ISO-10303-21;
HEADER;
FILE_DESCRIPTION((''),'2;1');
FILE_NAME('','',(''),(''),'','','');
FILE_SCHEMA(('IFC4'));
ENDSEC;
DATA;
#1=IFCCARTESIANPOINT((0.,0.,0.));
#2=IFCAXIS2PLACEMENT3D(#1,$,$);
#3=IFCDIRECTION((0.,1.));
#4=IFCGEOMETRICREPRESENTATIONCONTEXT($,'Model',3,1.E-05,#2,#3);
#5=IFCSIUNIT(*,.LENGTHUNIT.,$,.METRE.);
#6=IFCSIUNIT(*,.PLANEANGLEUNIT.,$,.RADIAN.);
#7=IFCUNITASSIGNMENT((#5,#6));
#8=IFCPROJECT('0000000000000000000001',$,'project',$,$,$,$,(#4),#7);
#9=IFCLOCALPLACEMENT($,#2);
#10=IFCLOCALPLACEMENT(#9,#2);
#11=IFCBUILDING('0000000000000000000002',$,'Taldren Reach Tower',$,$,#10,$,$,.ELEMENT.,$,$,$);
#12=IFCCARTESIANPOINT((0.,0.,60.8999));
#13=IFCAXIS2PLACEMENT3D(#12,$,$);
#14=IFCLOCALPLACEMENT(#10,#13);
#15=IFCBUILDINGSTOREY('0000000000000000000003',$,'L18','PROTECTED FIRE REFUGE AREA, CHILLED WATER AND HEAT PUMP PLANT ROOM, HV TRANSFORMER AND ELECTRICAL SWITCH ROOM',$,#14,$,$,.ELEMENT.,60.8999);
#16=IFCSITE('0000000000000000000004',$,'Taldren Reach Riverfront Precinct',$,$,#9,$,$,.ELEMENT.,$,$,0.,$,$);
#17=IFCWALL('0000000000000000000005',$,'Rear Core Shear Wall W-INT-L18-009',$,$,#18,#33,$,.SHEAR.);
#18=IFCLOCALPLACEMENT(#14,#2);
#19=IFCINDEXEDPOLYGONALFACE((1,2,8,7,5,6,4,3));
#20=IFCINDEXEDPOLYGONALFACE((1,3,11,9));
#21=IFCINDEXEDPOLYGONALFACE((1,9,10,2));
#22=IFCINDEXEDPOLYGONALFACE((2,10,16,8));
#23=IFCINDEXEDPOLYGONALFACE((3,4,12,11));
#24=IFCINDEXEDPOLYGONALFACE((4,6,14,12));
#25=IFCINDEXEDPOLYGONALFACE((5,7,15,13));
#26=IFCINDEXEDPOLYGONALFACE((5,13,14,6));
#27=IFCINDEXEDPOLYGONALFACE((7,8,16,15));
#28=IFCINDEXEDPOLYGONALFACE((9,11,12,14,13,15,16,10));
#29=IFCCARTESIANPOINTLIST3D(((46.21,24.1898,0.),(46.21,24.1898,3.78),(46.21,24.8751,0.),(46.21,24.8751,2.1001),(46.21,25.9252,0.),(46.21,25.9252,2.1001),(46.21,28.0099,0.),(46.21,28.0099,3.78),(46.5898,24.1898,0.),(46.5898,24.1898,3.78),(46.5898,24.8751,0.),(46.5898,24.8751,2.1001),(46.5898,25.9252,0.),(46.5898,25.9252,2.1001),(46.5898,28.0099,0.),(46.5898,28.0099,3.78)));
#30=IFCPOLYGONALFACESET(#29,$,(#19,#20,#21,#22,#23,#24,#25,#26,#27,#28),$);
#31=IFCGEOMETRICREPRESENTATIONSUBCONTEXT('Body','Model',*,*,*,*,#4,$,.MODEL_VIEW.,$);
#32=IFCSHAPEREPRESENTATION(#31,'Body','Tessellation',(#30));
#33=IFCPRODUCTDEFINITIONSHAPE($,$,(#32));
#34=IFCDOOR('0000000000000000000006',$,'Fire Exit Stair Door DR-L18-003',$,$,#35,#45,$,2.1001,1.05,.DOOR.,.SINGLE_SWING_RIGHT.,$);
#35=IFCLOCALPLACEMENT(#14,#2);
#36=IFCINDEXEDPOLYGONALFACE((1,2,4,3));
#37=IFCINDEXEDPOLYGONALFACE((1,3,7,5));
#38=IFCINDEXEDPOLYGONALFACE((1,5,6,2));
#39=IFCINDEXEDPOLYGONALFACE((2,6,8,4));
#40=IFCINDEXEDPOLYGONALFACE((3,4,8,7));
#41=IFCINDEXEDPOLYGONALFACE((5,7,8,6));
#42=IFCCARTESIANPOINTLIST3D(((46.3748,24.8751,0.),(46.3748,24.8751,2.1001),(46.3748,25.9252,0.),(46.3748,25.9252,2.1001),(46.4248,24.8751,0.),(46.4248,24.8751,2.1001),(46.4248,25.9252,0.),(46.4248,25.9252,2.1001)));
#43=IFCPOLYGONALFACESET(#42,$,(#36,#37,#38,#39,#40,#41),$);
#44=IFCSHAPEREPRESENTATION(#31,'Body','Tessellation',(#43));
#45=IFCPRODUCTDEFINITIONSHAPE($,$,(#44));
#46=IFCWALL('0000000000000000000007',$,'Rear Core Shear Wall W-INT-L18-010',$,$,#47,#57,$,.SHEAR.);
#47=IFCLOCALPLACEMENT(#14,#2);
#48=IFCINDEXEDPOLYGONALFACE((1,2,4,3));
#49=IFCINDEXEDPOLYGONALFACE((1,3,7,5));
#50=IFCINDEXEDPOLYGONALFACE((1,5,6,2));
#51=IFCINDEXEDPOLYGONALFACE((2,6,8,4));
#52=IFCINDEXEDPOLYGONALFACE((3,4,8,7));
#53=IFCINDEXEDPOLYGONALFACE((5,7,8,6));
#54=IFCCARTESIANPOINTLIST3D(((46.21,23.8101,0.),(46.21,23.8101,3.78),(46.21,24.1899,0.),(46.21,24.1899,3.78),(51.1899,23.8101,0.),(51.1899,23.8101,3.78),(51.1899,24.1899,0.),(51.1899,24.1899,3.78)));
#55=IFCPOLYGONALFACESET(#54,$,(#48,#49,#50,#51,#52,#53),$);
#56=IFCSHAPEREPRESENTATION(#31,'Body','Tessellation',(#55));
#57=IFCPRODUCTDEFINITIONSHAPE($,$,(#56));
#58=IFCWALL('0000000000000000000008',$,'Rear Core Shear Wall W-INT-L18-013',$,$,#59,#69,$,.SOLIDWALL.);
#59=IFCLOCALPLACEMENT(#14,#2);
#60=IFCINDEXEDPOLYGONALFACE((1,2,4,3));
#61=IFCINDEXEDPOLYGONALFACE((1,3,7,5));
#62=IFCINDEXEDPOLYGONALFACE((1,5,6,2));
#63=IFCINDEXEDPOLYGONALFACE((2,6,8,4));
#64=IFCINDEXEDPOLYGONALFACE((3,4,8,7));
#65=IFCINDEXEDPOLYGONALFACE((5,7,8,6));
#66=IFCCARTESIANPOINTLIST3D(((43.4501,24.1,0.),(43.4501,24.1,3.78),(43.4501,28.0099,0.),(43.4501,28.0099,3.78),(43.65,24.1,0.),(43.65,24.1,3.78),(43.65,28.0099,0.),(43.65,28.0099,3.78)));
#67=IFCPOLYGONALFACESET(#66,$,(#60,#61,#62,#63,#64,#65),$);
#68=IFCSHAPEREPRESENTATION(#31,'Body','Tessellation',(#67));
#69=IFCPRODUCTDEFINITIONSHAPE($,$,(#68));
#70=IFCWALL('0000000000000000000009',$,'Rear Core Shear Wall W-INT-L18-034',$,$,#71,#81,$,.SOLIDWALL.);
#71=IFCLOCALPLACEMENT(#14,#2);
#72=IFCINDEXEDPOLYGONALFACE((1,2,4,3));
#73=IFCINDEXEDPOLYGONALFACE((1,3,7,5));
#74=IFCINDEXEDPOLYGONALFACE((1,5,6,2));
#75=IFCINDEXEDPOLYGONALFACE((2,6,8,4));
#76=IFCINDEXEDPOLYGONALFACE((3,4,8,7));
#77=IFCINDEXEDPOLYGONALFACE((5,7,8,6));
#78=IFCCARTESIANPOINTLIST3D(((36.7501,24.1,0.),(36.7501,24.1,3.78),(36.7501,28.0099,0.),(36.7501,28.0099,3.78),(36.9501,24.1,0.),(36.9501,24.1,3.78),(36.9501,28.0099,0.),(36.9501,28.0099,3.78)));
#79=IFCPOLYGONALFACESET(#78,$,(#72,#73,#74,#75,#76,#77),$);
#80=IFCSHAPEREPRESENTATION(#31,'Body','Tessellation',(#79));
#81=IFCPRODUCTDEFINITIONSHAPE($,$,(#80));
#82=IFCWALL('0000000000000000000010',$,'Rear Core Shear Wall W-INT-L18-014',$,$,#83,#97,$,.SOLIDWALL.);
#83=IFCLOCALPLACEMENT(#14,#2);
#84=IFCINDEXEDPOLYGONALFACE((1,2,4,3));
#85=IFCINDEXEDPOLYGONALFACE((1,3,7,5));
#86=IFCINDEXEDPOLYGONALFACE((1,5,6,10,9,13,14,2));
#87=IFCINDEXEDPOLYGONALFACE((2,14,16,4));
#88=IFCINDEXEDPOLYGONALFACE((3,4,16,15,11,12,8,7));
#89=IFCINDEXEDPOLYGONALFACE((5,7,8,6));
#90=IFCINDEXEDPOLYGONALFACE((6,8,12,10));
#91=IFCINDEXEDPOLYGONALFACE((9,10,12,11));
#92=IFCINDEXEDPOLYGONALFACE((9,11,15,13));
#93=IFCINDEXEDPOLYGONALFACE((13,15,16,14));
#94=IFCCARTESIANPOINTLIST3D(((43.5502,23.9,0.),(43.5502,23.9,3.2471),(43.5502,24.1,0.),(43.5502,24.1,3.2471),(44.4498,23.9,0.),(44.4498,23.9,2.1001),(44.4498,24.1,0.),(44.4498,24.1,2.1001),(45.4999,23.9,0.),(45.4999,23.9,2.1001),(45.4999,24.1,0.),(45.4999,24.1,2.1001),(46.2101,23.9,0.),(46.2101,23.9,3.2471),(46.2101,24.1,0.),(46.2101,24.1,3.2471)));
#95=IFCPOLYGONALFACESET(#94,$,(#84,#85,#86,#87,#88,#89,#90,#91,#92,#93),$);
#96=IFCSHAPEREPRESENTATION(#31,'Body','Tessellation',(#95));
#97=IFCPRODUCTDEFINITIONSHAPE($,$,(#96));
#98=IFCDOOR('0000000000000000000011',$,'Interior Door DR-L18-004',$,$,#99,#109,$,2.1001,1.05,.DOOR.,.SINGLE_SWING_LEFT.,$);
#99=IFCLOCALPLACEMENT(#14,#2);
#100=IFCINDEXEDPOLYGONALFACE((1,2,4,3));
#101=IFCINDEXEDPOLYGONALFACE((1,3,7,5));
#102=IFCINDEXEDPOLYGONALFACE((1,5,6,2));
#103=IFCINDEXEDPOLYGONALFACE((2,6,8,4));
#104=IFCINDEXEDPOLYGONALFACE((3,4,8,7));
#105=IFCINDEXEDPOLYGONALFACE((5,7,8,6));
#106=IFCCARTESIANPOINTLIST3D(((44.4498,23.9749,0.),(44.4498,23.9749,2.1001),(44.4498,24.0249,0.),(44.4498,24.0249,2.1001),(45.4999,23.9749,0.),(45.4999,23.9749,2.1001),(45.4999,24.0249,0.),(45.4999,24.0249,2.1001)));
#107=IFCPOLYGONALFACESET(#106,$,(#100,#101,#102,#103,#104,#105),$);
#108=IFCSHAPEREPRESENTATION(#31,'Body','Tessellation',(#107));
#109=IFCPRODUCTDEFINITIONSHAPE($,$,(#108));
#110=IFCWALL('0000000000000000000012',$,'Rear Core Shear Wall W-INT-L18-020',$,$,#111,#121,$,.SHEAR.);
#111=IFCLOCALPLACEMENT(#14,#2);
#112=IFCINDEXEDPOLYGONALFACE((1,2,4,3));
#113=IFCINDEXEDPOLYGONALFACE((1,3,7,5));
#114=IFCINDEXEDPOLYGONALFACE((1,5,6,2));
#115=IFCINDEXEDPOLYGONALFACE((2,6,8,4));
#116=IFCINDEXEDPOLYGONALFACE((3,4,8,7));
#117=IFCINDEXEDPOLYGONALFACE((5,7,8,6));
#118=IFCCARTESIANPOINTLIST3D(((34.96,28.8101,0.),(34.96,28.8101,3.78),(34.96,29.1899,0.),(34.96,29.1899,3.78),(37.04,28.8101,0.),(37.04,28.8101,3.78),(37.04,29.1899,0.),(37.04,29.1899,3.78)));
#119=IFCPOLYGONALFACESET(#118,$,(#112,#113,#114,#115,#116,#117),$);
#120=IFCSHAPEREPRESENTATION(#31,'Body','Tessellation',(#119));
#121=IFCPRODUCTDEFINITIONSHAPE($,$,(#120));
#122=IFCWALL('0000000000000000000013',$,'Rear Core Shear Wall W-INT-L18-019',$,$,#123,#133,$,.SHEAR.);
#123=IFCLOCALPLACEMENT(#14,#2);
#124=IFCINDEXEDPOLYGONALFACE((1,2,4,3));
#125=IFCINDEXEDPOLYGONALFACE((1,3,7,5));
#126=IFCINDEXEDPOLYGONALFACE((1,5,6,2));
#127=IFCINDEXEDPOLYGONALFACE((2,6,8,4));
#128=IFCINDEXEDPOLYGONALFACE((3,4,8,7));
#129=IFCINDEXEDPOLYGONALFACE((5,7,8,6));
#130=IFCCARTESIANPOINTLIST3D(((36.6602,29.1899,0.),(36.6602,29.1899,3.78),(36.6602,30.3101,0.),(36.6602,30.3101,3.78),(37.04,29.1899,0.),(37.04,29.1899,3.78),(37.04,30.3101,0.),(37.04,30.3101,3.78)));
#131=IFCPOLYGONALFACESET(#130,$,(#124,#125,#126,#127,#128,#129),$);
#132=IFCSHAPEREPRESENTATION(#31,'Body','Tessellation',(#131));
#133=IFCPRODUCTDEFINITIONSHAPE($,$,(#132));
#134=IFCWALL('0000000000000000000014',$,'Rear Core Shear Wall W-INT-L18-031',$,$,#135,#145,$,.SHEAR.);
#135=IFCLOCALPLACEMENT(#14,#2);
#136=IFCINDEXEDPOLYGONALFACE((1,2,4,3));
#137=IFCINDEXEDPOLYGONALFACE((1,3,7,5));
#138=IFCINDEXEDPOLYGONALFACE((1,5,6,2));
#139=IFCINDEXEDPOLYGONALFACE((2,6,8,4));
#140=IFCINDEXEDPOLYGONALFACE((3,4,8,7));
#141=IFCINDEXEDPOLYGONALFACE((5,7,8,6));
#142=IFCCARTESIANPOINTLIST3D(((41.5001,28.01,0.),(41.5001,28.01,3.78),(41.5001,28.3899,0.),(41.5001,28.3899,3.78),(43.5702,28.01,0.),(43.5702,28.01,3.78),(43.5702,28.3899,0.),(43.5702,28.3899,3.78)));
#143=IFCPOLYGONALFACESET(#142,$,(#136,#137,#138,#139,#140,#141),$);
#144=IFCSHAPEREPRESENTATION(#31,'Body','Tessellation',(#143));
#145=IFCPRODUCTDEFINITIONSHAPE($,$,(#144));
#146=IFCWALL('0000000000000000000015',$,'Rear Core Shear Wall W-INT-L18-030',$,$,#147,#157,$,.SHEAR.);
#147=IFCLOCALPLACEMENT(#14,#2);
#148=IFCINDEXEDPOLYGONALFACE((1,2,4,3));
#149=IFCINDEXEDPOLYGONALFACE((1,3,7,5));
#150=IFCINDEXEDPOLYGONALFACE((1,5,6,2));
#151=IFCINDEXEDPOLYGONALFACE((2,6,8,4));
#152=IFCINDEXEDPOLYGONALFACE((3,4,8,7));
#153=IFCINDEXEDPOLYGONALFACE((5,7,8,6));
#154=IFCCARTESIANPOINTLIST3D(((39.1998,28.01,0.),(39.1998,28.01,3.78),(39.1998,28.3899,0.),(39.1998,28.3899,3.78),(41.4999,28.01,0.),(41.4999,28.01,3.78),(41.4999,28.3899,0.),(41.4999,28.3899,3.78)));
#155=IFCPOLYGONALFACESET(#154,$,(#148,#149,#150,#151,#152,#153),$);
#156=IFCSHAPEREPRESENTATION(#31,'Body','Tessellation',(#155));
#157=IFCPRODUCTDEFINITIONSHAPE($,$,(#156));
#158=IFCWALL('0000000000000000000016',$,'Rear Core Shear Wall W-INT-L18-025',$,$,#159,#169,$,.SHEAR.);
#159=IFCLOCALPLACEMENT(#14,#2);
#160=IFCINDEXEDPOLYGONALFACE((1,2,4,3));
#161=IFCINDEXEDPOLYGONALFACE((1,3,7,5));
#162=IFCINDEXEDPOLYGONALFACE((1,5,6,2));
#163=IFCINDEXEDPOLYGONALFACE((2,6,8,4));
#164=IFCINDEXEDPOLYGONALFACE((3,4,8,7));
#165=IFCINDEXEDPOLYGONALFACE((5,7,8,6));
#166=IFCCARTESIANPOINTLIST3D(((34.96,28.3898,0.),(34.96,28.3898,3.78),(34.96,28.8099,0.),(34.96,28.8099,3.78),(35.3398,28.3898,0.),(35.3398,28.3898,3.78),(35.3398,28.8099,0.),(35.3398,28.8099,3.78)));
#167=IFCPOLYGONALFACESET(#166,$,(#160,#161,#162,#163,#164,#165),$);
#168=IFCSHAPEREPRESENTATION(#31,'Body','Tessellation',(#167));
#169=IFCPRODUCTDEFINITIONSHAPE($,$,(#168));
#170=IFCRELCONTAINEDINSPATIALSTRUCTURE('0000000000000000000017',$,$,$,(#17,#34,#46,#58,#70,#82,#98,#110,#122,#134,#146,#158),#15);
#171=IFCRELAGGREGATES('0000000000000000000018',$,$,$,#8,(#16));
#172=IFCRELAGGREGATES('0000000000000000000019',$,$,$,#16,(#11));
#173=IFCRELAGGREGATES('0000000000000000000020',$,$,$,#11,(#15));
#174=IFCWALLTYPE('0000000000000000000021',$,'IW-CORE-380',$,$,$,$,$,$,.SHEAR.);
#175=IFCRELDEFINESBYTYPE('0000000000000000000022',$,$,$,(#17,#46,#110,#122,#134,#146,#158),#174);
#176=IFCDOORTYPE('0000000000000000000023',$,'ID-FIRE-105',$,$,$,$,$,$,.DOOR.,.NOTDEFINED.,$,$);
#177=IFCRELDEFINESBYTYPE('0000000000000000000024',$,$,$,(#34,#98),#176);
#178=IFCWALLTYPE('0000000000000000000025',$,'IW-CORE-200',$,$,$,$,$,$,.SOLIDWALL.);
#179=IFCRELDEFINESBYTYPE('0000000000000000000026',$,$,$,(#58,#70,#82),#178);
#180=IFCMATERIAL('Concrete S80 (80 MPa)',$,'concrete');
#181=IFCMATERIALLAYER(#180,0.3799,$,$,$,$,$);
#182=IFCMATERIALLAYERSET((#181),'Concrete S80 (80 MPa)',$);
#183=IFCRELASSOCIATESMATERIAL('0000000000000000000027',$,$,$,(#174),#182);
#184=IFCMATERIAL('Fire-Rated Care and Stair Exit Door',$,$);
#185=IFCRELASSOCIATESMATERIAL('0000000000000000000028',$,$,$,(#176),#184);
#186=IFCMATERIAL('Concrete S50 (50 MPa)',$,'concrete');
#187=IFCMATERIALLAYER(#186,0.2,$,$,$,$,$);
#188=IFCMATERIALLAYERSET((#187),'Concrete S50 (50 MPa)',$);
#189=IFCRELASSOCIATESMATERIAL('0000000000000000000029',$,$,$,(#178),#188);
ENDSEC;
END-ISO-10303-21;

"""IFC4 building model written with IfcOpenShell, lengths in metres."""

from ifc_helpers import new_model, si_unit, direction, frame, frame_2d, origin, place, context, subcontext, project, spatial, rectangle, extrude, source, transform, mapped, material, layer, layer_set, type_object, element, fill, save


model = new_model("IFC4")

# Units and contexts
model_context = context("Model", 3, precision=1e-05, world=origin(), true_north=direction((0.0, 1.0)))
body_context = subcontext(model_context, "Body", "Model", "MODEL_VIEW")
ifc_project = project(units=[si_unit("LENGTHUNIT", "METRE"), si_unit("PLANEANGLEUNIT", "RADIAN")], contexts=[model_context])

# Site, building, storey
site_placement = place(None, origin())
site = spatial("IfcSite", under=ifc_project, at=site_placement, Name="Taldren Reach Riverfront Precinct", CompositionType="ELEMENT", RefElevation=0.0)
building_placement = place(site_placement, origin())
building = spatial("IfcBuilding", under=site, at=building_placement, Name="Taldren Reach Tower", CompositionType="ELEMENT")
storey_placement = place(building_placement, frame((0.0, 0.0, 60.8999)))
storey = spatial("IfcBuildingStorey", under=building, at=storey_placement, Name="L18", Description="PROTECTED FIRE REFUGE AREA, CHILLED WATER AND HEAT PUMP PLANT ROOM, HV TRANSFORMER AND ELECTRICAL SWITCH ROOM", CompositionType="ELEMENT", Elevation=60.8999)

# Shared definitions
ifc_material_1 = material(Name="Concrete S80 (80 MPa)", Category="concrete")
ifc_layer_1 = layer(ifc_material_1, 0.3799)
ifc_layer_set_1 = layer_set([ifc_layer_1], Name="Concrete S80 (80 MPa)")
wall_type_1 = type_object("IfcWallType", Name="IW-CORE-380", PredefinedType="SHEAR", material=ifc_layer_set_1)

# Wall, opening, door
shared_shape_1 = source(origin(), body_context, "Body", "SweptSolid", [
    extrude(rectangle(XDim=3.8201, YDim=0.3799, at=frame_2d((1.9102, 0.0))), origin(), (0.0, 0.0, 1.0), 3.78),
])
wall_1_placement = place(storey_placement, frame((46.3999, 28.01, 0.0), z_axis=(0.0, 0.0, 1.0), x_axis=(0.0, -1.0, 0.0)))
wall_1 = element("IfcWall", 1, at=wall_1_placement, inside=storey, type_object=wall_type_1, Name="Rear Core Shear Wall W-INT-L18-009", PredefinedType="SHEAR", context=body_context, shape_type="MappedRepresentation", body=[
    mapped(shared_shape_1, transform((0.0, 0.0, 0.0), scale=1.0)),
])
shared_shape_2 = source(origin(), body_context, "Body", "SweptSolid", [
    extrude(rectangle(XDim=1.05, YDim=2.1001, at=frame_2d((0.5249, 1.05))), frame((0.0, 0.2, 0.0), z_axis=(0.0, -1.0, 0.0), x_axis=(1.0, 0.0, 0.0)), (0.0, 0.0, 1.0), 0.3999),
])
opening_1_placement = place(wall_1_placement, frame((2.085, 0.0, 0.0)))
opening_1 = element("IfcOpeningElement", 2, at=opening_1_placement, cuts=wall_1, PredefinedType="OPENING", context=body_context, shape_type="MappedRepresentation", body=[
    mapped(shared_shape_2, transform((0.0, 0.0, 0.0), scale=1.0)),
])
ifc_material_2 = material(Name="Fire-Rated Care and Stair Exit Door")
door_type_1 = type_object("IfcDoorType", Name="ID-FIRE-105", OperationType="NOTDEFINED", PredefinedType="DOOR", material=ifc_material_2)
shared_shape_3 = source(origin(), body_context, "Body", "SweptSolid", [
    extrude(rectangle(XDim=1.05, YDim=2.1001, at=frame_2d((0.5249, 1.05))), frame((0.0, 0.0249, 0.0), z_axis=(0.0, -1.0, 0.0), x_axis=(1.0, 0.0, 0.0)), (0.0, 0.0, 1.0), 0.05),
])
door_1_placement = place(opening_1_placement, origin())
door_1 = element("IfcDoor", 3, at=door_1_placement, inside=storey, type_object=door_type_1, Name="Fire Exit Stair Door DR-L18-003", OperationType="SINGLE_SWING_RIGHT", OverallHeight=2.1001, OverallWidth=1.05, PredefinedType="DOOR", context=body_context, shape_type="MappedRepresentation", body=[
    mapped(shared_shape_3, transform((0.0, 0.0, 0.0), scale=1.0)),
])
fill(opening_1, door_1)

# Wall
shared_shape_4 = source(origin(), body_context, "Body", "SweptSolid", [
    extrude(rectangle(XDim=4.98, YDim=0.3799, at=frame_2d((2.49, 0.0))), origin(), (0.0, 0.0, 1.0), 3.78),
])
wall_2_placement = place(storey_placement, frame((46.21, 24.0, 0.0), z_axis=(0.0, 0.0, 1.0), x_axis=(1.0, 0.0, 0.0)))
element("IfcWall", 4, at=wall_2_placement, inside=storey, type_object=wall_type_1, Name="Rear Core Shear Wall W-INT-L18-010", PredefinedType="SHEAR", context=body_context, shape_type="MappedRepresentation", body=[
    mapped(shared_shape_4, transform((0.0, 0.0, 0.0), scale=1.0)),
])

# Walls
ifc_material_3 = material(Name="Concrete S50 (50 MPa)", Category="concrete")
ifc_layer_2 = layer(ifc_material_3, 0.2)
ifc_layer_set_2 = layer_set([ifc_layer_2], Name="Concrete S50 (50 MPa)")
wall_type_2 = type_object("IfcWallType", Name="IW-CORE-200", PredefinedType="SOLIDWALL", material=ifc_layer_set_2)
shared_shape_5 = source(origin(), body_context, "Body", "SweptSolid", [
    extrude(rectangle(XDim=3.9099, YDim=0.2, at=frame_2d((1.9551, 0.0))), origin(), (0.0, 0.0, 1.0), 3.78),
])
for number, where, z_axis, x_axis, name in (
    (5, (43.55, 28.01, 0.0), (0.0, 0.0, 1.0), (0.0, -1.0, 0.0), "Rear Core Shear Wall W-INT-L18-013"),
    (6, (36.8501, 28.01, 0.0), (0.0, 0.0, 1.0), (0.0, -1.0, 0.0), "Rear Core Shear Wall W-INT-L18-034"),
):
    element("IfcWall", number, at=place(storey_placement, frame(where, z_axis=z_axis, x_axis=x_axis)), inside=storey, type_object=wall_type_2, Name=name, PredefinedType="SOLIDWALL", context=body_context, shape_type="MappedRepresentation", body=[
        mapped(shared_shape_5, transform((0.0, 0.0, 0.0), scale=1.0)),
    ])

# Wall, opening, door
shared_shape_6 = source(origin(), body_context, "Body", "SweptSolid", [
    extrude(rectangle(XDim=2.6599, YDim=0.2, at=frame_2d((1.3301, 0.0))), origin(), (0.0, 0.0, 1.0), 3.2471),
])
wall_3_placement = place(storey_placement, frame((43.55, 24.0, 0.0), z_axis=(0.0, 0.0, 1.0), x_axis=(1.0, 0.0, 0.0)))
wall_3 = element("IfcWall", 7, at=wall_3_placement, inside=storey, type_object=wall_type_2, Name="Rear Core Shear Wall W-INT-L18-014", PredefinedType="SOLIDWALL", context=body_context, shape_type="MappedRepresentation", body=[
    mapped(shared_shape_6, transform((0.0, 0.0, 0.0), scale=1.0)),
])
shared_shape_7 = source(origin(), body_context, "Body", "SweptSolid", [
    extrude(rectangle(XDim=1.05, YDim=2.1001, at=frame_2d((0.5249, 1.05))), frame((0.0, 0.1099, 0.0), z_axis=(0.0, -1.0, 0.0), x_axis=(1.0, 0.0, 0.0)), (0.0, 0.0, 1.0), 0.22),
])
opening_2_placement = place(wall_3_placement, frame((0.8999, 0.0, 0.0)))
opening_2 = element("IfcOpeningElement", 8, at=opening_2_placement, cuts=wall_3, PredefinedType="OPENING", context=body_context, shape_type="MappedRepresentation", body=[
    mapped(shared_shape_7, transform((0.0, 0.0, 0.0), scale=1.0)),
])
door_2_placement = place(opening_2_placement, origin())
door_2 = element("IfcDoor", 9, at=door_2_placement, inside=storey, type_object=door_type_1, Name="Interior Door DR-L18-004", OperationType="SINGLE_SWING_LEFT", OverallHeight=2.1001, OverallWidth=1.05, PredefinedType="DOOR", context=body_context, shape_type="MappedRepresentation", body=[
    mapped(shared_shape_3, transform((0.0, 0.0, 0.0), scale=1.0)),
])
fill(opening_2, door_2)

# Walls
shared_shape_8 = source(origin(), body_context, "Body", "SweptSolid", [
    extrude(rectangle(XDim=2.0801, YDim=0.3799, at=frame_2d((1.04, 0.0))), origin(), (0.0, 0.0, 1.0), 3.78),
])
wall_4_placement = place(storey_placement, frame((34.96, 29.0, 0.0), z_axis=(0.0, 0.0, 1.0), x_axis=(1.0, 0.0, 0.0)))
element("IfcWall", 10, at=wall_4_placement, inside=storey, type_object=wall_type_1, Name="Rear Core Shear Wall W-INT-L18-020", PredefinedType="SHEAR", context=body_context, shape_type="MappedRepresentation", body=[
    mapped(shared_shape_8, transform((0.0, 0.0, 0.0), scale=1.0)),
])
shared_shape_9 = source(origin(), body_context, "Body", "SweptSolid", [
    extrude(rectangle(XDim=1.1201, YDim=0.3799, at=frame_2d((0.5601, 0.0))), origin(), (0.0, 0.0, 1.0), 3.78),
])
wall_5_placement = place(storey_placement, frame((36.8501, 29.1899, 0.0), z_axis=(0.0, 0.0, 1.0), x_axis=(0.0, 1.0, 0.0)))
element("IfcWall", 11, at=wall_5_placement, inside=storey, type_object=wall_type_1, Name="Rear Core Shear Wall W-INT-L18-019", PredefinedType="SHEAR", context=body_context, shape_type="MappedRepresentation", body=[
    mapped(shared_shape_9, transform((0.0, 0.0, 0.0), scale=1.0)),
])
shared_shape_10 = source(origin(), body_context, "Body", "SweptSolid", [
    extrude(rectangle(XDim=2.0701, YDim=0.3799, at=frame_2d((1.0352, 0.0))), origin(), (0.0, 0.0, 1.0), 3.78),
])
wall_6_placement = place(storey_placement, frame((41.5, 28.2, 0.0), z_axis=(0.0, 0.0, 1.0), x_axis=(1.0, 0.0, 0.0)))
element("IfcWall", 12, at=wall_6_placement, inside=storey, type_object=wall_type_1, Name="Rear Core Shear Wall W-INT-L18-031", PredefinedType="SHEAR", context=body_context, shape_type="MappedRepresentation", body=[
    mapped(shared_shape_10, transform((0.0, 0.0, 0.0), scale=1.0)),
])
shared_shape_11 = source(origin(), body_context, "Body", "SweptSolid", [
    extrude(rectangle(XDim=2.3, YDim=0.3799, at=frame_2d((1.1499, 0.0))), origin(), (0.0, 0.0, 1.0), 3.78),
])
wall_7_placement = place(storey_placement, frame((39.2, 28.2, 0.0), z_axis=(0.0, 0.0, 1.0), x_axis=(1.0, 0.0, 0.0)))
element("IfcWall", 13, at=wall_7_placement, inside=storey, type_object=wall_type_1, Name="Rear Core Shear Wall W-INT-L18-030", PredefinedType="SHEAR", context=body_context, shape_type="MappedRepresentation", body=[
    mapped(shared_shape_11, transform((0.0, 0.0, 0.0), scale=1.0)),
])
shared_shape_12 = source(origin(), body_context, "Body", "SweptSolid", [
    extrude(rectangle(XDim=0.4202, YDim=0.3799, at=frame_2d((0.21, 0.0))), origin(), (0.0, 0.0, 1.0), 3.78),
])
for number, where, z_axis, x_axis, name in (
    (14, (35.1499, 28.3899, 0.0), (0.0, 0.0, 1.0), (0.0, 1.0, 0.0), "Rear Core Shear Wall W-INT-L18-025"),
):
    element("IfcWall", number, at=place(storey_placement, frame(where, z_axis=z_axis, x_axis=x_axis)), inside=storey, type_object=wall_type_1, Name=name, PredefinedType="SHEAR", context=body_context, shape_type="MappedRepresentation", body=[
        mapped(shared_shape_12, transform((0.0, 0.0, 0.0), scale=1.0)),
    ])

save(model, "model.ifc")
